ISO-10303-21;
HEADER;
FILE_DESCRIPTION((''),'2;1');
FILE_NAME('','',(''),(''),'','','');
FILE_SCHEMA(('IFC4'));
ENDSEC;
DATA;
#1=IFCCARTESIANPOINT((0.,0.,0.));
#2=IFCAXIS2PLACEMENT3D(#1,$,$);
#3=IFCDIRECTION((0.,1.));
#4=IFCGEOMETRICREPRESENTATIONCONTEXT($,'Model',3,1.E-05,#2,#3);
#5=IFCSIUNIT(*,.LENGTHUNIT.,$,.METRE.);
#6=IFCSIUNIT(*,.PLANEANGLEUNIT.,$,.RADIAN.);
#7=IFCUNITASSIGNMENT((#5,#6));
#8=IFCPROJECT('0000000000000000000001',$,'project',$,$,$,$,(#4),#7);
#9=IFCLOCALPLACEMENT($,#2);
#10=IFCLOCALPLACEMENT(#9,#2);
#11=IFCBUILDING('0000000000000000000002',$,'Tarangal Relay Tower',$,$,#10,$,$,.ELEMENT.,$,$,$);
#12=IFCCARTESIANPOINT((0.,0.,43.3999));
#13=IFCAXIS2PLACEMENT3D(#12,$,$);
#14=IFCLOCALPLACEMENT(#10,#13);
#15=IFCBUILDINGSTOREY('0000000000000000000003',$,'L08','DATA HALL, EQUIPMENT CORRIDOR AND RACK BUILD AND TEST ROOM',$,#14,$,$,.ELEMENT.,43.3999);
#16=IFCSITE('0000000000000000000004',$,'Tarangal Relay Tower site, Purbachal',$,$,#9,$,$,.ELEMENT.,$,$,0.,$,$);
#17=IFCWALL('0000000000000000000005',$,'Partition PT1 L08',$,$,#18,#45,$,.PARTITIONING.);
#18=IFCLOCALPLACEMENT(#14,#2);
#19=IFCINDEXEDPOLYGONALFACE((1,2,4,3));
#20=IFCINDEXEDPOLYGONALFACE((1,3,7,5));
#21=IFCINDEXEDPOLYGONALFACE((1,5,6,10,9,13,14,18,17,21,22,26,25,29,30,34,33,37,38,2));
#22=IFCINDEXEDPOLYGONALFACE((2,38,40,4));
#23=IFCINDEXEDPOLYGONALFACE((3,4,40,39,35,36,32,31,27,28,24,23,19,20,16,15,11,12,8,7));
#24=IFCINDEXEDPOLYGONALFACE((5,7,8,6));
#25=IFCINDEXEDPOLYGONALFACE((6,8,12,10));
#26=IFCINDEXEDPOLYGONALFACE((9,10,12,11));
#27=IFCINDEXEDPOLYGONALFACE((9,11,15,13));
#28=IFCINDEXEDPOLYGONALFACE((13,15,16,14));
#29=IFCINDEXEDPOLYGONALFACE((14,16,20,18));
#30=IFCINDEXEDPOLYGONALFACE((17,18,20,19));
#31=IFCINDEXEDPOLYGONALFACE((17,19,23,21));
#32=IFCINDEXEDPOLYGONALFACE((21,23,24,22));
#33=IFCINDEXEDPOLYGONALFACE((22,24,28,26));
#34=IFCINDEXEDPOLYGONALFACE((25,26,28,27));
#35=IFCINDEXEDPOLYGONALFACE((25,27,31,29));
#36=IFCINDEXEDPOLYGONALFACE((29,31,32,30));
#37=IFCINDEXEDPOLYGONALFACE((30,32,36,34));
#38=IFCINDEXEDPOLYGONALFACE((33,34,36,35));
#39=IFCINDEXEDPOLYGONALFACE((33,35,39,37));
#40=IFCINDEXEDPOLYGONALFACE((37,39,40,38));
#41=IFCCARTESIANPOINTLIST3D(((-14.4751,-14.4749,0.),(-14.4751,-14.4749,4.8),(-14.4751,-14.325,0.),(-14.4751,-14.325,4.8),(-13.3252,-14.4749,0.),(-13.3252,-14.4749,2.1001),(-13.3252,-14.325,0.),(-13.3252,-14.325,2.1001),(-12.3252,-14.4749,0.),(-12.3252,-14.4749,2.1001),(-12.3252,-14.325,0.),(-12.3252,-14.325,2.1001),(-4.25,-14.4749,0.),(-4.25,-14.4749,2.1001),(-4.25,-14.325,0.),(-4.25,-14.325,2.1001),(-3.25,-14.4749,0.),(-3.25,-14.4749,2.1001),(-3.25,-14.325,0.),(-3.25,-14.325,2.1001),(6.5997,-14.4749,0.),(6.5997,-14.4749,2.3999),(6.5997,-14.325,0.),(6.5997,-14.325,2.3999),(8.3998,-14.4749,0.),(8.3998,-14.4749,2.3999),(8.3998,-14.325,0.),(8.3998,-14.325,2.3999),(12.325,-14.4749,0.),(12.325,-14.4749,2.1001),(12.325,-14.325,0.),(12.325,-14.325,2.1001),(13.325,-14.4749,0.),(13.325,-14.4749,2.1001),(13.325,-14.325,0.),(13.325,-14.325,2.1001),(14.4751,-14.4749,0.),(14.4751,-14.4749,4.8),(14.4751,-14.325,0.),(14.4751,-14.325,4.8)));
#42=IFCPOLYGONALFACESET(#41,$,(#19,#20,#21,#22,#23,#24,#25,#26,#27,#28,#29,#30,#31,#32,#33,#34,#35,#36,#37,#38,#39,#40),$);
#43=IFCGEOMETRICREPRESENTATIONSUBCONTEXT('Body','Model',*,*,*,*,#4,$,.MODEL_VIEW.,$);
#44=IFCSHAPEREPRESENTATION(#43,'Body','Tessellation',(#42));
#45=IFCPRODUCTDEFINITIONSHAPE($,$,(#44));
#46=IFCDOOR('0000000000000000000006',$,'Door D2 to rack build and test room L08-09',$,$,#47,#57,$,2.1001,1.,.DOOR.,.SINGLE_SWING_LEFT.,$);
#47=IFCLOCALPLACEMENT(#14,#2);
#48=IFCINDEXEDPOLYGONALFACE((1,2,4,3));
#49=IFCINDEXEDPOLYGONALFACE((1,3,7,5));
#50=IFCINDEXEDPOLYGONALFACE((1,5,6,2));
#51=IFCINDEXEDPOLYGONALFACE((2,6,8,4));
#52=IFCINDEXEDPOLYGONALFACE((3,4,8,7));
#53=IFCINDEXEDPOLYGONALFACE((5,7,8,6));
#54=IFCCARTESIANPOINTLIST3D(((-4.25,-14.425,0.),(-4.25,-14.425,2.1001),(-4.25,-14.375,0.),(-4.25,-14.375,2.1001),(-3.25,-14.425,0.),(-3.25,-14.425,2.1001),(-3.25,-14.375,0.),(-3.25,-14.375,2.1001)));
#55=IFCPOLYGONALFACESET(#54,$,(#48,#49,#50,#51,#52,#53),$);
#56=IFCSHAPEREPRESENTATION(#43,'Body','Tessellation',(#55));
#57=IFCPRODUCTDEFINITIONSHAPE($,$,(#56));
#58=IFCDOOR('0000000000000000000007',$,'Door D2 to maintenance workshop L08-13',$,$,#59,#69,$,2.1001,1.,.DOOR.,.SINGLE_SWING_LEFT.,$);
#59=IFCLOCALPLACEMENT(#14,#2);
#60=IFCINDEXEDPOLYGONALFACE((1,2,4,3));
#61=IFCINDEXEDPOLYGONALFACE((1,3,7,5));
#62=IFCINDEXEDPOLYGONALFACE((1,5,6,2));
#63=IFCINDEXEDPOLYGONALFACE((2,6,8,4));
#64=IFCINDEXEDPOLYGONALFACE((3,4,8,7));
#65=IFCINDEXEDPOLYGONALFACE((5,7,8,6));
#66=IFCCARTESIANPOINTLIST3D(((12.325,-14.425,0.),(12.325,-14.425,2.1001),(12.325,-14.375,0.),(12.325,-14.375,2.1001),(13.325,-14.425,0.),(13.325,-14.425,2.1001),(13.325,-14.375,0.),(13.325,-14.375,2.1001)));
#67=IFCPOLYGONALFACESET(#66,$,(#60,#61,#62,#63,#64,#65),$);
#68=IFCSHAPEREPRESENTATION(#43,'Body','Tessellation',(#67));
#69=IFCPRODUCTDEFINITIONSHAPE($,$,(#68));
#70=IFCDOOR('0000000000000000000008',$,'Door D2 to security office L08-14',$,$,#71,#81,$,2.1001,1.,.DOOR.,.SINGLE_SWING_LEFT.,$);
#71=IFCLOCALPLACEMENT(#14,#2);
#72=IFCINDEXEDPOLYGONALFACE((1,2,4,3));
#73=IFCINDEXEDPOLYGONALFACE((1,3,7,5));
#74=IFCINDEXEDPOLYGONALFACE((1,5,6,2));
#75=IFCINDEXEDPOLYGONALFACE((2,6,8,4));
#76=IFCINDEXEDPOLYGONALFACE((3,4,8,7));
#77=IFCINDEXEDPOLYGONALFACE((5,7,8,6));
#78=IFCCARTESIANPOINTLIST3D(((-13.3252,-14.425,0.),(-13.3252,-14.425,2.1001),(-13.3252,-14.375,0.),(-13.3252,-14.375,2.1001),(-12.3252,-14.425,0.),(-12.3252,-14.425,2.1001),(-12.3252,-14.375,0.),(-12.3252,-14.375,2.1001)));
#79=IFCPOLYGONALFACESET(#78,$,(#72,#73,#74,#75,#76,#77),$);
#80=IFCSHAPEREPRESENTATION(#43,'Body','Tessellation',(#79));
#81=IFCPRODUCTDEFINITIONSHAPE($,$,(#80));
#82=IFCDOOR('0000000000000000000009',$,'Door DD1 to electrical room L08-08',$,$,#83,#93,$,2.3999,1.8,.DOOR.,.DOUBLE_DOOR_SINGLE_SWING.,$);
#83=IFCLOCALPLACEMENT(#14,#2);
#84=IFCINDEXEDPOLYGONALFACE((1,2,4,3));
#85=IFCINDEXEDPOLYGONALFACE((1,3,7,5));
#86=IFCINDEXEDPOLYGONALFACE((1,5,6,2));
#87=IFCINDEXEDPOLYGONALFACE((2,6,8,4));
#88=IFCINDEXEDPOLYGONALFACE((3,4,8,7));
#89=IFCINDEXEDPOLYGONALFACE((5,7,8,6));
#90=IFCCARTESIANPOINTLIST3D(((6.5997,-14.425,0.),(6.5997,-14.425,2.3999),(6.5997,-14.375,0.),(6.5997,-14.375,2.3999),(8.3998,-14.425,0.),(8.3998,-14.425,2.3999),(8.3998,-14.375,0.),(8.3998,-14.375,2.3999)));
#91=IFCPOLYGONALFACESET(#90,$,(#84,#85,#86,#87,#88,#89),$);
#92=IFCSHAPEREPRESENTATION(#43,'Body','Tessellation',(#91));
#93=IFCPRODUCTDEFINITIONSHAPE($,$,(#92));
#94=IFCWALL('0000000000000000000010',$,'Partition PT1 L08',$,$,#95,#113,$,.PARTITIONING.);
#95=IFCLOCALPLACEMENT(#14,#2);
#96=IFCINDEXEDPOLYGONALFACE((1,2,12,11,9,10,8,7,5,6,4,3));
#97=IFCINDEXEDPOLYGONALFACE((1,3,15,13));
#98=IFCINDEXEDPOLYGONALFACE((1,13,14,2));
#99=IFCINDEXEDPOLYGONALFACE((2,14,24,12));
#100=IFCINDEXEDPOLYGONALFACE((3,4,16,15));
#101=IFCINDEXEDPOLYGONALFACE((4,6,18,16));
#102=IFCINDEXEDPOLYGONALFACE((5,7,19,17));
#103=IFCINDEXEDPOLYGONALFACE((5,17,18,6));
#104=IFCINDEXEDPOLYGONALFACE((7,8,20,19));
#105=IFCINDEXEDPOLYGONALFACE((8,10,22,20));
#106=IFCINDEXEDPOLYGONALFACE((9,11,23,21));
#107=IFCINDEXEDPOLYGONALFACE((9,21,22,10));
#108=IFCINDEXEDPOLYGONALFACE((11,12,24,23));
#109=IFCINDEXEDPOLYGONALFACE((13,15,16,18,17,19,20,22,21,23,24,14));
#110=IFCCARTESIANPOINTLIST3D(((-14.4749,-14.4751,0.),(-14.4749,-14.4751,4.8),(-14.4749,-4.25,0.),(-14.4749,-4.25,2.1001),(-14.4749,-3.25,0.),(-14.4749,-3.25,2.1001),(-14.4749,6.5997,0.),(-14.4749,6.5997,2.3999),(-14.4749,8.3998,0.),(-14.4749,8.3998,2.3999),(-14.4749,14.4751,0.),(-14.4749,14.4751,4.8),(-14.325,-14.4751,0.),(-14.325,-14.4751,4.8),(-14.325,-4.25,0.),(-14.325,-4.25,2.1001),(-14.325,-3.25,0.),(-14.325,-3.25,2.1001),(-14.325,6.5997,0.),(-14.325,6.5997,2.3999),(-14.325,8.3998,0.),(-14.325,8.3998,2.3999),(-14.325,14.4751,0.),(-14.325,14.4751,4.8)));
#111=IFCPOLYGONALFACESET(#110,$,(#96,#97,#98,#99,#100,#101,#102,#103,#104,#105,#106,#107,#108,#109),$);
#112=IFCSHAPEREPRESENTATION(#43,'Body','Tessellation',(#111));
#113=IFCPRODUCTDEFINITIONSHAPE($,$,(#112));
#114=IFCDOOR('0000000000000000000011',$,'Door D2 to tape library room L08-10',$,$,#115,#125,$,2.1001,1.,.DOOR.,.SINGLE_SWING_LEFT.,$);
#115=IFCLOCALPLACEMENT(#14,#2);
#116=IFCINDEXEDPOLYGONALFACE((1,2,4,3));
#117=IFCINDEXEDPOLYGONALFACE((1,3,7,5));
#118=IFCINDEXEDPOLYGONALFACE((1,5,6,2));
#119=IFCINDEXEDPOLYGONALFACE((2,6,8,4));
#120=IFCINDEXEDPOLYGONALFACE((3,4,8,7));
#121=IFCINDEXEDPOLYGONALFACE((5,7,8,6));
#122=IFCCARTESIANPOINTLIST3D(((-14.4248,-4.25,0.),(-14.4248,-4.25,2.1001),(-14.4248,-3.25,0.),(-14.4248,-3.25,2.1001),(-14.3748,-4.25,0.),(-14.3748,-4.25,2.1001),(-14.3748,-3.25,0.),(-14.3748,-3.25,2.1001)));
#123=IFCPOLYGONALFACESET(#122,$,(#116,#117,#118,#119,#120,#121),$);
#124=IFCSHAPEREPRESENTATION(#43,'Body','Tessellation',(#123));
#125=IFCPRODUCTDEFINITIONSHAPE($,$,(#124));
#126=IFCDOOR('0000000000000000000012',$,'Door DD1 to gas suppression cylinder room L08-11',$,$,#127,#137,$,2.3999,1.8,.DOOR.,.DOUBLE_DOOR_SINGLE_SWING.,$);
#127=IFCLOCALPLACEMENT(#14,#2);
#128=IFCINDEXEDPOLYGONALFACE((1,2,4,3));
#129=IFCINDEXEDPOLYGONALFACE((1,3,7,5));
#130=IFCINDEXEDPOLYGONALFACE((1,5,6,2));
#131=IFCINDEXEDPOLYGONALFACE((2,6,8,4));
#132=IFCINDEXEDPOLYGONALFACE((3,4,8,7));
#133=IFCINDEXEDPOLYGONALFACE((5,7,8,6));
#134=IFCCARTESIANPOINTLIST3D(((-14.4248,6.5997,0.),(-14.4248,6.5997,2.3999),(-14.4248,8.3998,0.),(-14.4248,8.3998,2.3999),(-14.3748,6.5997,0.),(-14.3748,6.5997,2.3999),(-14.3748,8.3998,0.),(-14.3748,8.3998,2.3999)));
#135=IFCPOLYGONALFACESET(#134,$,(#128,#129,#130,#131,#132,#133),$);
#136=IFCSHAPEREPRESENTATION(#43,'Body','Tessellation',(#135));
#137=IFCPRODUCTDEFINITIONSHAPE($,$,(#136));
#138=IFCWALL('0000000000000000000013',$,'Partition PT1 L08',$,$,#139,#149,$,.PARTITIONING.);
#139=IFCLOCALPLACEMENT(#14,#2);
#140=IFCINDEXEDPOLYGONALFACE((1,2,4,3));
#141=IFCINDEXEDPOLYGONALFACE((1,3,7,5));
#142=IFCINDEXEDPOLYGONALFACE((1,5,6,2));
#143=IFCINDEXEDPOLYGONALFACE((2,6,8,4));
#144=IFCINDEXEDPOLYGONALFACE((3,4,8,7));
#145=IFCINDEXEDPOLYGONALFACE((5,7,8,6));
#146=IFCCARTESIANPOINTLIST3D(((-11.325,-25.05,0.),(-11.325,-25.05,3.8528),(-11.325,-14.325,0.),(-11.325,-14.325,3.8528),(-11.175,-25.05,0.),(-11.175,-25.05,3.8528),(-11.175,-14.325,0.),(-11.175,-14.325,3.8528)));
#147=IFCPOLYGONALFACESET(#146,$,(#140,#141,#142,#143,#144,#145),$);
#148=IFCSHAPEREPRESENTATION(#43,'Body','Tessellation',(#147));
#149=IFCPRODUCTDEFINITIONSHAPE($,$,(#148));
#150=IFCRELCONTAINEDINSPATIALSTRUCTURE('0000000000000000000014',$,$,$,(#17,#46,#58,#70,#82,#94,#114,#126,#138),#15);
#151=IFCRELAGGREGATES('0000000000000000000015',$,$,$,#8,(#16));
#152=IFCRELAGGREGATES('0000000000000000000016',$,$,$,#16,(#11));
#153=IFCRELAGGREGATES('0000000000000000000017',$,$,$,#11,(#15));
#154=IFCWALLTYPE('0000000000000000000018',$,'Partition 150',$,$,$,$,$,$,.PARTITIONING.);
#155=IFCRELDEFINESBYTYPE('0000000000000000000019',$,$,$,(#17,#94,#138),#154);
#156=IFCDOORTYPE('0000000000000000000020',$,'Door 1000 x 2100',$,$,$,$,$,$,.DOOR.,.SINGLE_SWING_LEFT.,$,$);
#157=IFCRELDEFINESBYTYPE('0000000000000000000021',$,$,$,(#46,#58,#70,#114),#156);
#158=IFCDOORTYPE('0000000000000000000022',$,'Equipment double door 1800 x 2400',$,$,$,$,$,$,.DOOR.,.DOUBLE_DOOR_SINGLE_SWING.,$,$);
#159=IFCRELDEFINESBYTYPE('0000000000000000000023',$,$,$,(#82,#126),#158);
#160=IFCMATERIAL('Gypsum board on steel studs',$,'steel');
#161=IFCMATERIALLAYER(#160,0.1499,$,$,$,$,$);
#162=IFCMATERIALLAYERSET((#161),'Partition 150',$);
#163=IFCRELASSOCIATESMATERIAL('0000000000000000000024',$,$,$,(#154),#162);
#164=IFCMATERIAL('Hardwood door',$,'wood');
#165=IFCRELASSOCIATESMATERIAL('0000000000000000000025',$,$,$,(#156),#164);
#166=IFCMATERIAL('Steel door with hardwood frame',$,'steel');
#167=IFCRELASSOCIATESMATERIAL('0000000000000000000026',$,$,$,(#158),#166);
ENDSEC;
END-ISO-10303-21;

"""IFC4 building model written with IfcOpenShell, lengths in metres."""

from ifc_helpers import new_model, si_unit, direction, frame, frame_2d, origin, place, context, subcontext, project, spatial, rectangle, extrude, material, layer, layer_set, type_object, element, fill, save


model = new_model("IFC4")

# Units and contexts
model_context = context("Model", 3, precision=1e-05, world=origin(), true_north=direction((0.0, 1.0)))
body_context = subcontext(model_context, "Body", "Model", "MODEL_VIEW")
ifc_project = project(units=[si_unit("LENGTHUNIT", "METRE"), si_unit("PLANEANGLEUNIT", "RADIAN")], contexts=[model_context])

# Site, building, storey
site_placement = place(None, origin())
site = spatial("IfcSite", under=ifc_project, at=site_placement, Name="Tarangal Relay Tower site, Purbachal", CompositionType="ELEMENT", RefElevation=0.0)
building_placement = place(site_placement, origin())
building = spatial("IfcBuilding", under=site, at=building_placement, Name="Tarangal Relay Tower", CompositionType="ELEMENT")
storey_placement = place(building_placement, frame((0.0, 0.0, 43.3999)))
storey = spatial("IfcBuildingStorey", under=building, at=storey_placement, Name="L08", Description="DATA HALL, EQUIPMENT CORRIDOR AND RACK BUILD AND TEST ROOM", CompositionType="ELEMENT", Elevation=43.3999)

# Walls, openings, doors
ifc_material_1 = material(Name="Gypsum board on steel studs", Category="steel")
ifc_layer_1 = layer(ifc_material_1, 0.1499)
ifc_layer_set_1 = layer_set([ifc_layer_1], Name="Partition 150")
wall_type_1 = type_object("IfcWallType", Name="Partition 150", PredefinedType="PARTITIONING", material=ifc_layer_set_1)
wall_1_placement = place(storey_placement, frame((-14.4751, -14.3999, 0.0), z_axis=(0.0, 0.0, 1.0), x_axis=(1.0, 0.0, 0.0)))
wall_1 = element("IfcWall", 1, at=wall_1_placement, inside=storey, type_object=wall_type_1, Name="Partition PT1 L08", PredefinedType="PARTITIONING", context=body_context, shape_type="SweptSolid", body=[
    extrude(rectangle(XDim=28.9502, YDim=0.1499, at=frame_2d((14.4751, 0.0))), origin(), (0.0, 0.0, 1.0), 4.8),
])
opening_1_placement = place(wall_1_placement, frame((21.075, 0.0, 0.0)))
opening_1 = element("IfcOpeningElement", 2, at=opening_1_placement, cuts=wall_1, PredefinedType="OPENING", context=body_context, shape_type="SweptSolid", body=[
    extrude(rectangle(XDim=1.8, YDim=2.3999, at=frame_2d((0.8999, 1.2))), frame((0.0, 0.085, 0.0), z_axis=(0.0, -1.0, 0.0), x_axis=(1.0, 0.0, 0.0)), (0.0, 0.0, 1.0), 0.1699),
])
opening_2_placement = place(wall_1_placement, frame((10.2251, 0.0, 0.0)))
opening_2 = element("IfcOpeningElement", 3, at=opening_2_placement, cuts=wall_1, PredefinedType="OPENING", context=body_context, shape_type="SweptSolid", body=[
    extrude(rectangle(XDim=1.0, YDim=2.1001, at=frame_2d((0.5, 1.05))), frame((0.0, 0.085, 0.0), z_axis=(0.0, -1.0, 0.0), x_axis=(1.0, 0.0, 0.0)), (0.0, 0.0, 1.0), 0.1699),
])
opening_3_placement = place(wall_1_placement, frame((26.8, 0.0, 0.0)))
opening_3 = element("IfcOpeningElement", 4, at=opening_3_placement, cuts=wall_1, PredefinedType="OPENING", context=body_context, shape_type="SweptSolid", body=[
    extrude(rectangle(XDim=1.0, YDim=2.1001, at=frame_2d((0.5, 1.05))), frame((0.0, 0.085, 0.0), z_axis=(0.0, -1.0, 0.0), x_axis=(1.0, 0.0, 0.0)), (0.0, 0.0, 1.0), 0.1699),
])
opening_4_placement = place(wall_1_placement, frame((1.1499, 0.0, 0.0)))
opening_4 = element("IfcOpeningElement", 5, at=opening_4_placement, cuts=wall_1, PredefinedType="OPENING", context=body_context, shape_type="SweptSolid", body=[
    extrude(rectangle(XDim=1.0, YDim=2.1001, at=frame_2d((0.5, 1.05))), frame((0.0, 0.085, 0.0), z_axis=(0.0, -1.0, 0.0), x_axis=(1.0, 0.0, 0.0)), (0.0, 0.0, 1.0), 0.1699),
])
ifc_material_2 = material(Name="Hardwood door", Category="wood")
door_type_1 = type_object("IfcDoorType", Name="Door 1000 x 2100", OperationType="SINGLE_SWING_LEFT", PredefinedType="DOOR", material=ifc_material_2)
door_1_placement = place(opening_2_placement, origin())
door_1 = element("IfcDoor", 6, at=door_1_placement, inside=storey, type_object=door_type_1, Name="Door D2 to rack build and test room L08-09", OperationType="SINGLE_SWING_LEFT", OverallHeight=2.1001, OverallWidth=1.0, PredefinedType="DOOR", context=body_context, shape_type="SweptSolid", body=[
    extrude(rectangle(XDim=1.0, YDim=2.1001, at=frame_2d((0.5, 1.05))), frame((0.0, 0.0249, 0.0), z_axis=(0.0, -1.0, 0.0), x_axis=(1.0, 0.0, 0.0)), (0.0, 0.0, 1.0), 0.05),
])
fill(opening_2, door_1)
door_2_placement = place(opening_3_placement, origin())
door_2 = element("IfcDoor", 7, at=door_2_placement, inside=storey, type_object=door_type_1, Name="Door D2 to maintenance workshop L08-13", OperationType="SINGLE_SWING_LEFT", OverallHeight=2.1001, OverallWidth=1.0, PredefinedType="DOOR", context=body_context, shape_type="SweptSolid", body=[
    extrude(rectangle(XDim=1.0, YDim=2.1001, at=frame_2d((0.5, 1.05))), frame((0.0, 0.0249, 0.0), z_axis=(0.0, -1.0, 0.0), x_axis=(1.0, 0.0, 0.0)), (0.0, 0.0, 1.0), 0.05),
])
fill(opening_3, door_2)
door_3_placement = place(opening_4_placement, origin())
door_3 = element("IfcDoor", 8, at=door_3_placement, inside=storey, type_object=door_type_1, Name="Door D2 to security office L08-14", OperationType="SINGLE_SWING_LEFT", OverallHeight=2.1001, OverallWidth=1.0, PredefinedType="DOOR", context=body_context, shape_type="SweptSolid", body=[
    extrude(rectangle(XDim=1.0, YDim=2.1001, at=frame_2d((0.5, 1.05))), frame((0.0, 0.0249, 0.0), z_axis=(0.0, -1.0, 0.0), x_axis=(1.0, 0.0, 0.0)), (0.0, 0.0, 1.0), 0.05),
])
fill(opening_4, door_3)
ifc_material_3 = material(Name="Steel door with hardwood frame", Category="steel")
door_type_2 = type_object("IfcDoorType", Name="Equipment double door 1800 x 2400", OperationType="DOUBLE_DOOR_SINGLE_SWING", PredefinedType="DOOR", material=ifc_material_3)
door_4_placement = place(opening_1_placement, origin())
door_4 = element("IfcDoor", 9, at=door_4_placement, inside=storey, type_object=door_type_2, Name="Door DD1 to electrical room L08-08", OperationType="DOUBLE_DOOR_SINGLE_SWING", OverallHeight=2.3999, OverallWidth=1.8, PredefinedType="DOOR", context=body_context, shape_type="SweptSolid", body=[
    extrude(rectangle(XDim=1.8, YDim=2.3999, at=frame_2d((0.8999, 1.2))), frame((0.0, 0.0249, 0.0), z_axis=(0.0, -1.0, 0.0), x_axis=(1.0, 0.0, 0.0)), (0.0, 0.0, 1.0), 0.05),
])
fill(opening_1, door_4)
wall_2_placement = place(storey_placement, frame((-14.3999, -14.4751, 0.0), z_axis=(0.0, 0.0, 1.0), x_axis=(0.0, 1.0, 0.0)))
wall_2 = element("IfcWall", 10, at=wall_2_placement, inside=storey, type_object=wall_type_1, Name="Partition PT1 L08", PredefinedType="PARTITIONING", context=body_context, shape_type="SweptSolid", body=[
    extrude(rectangle(XDim=28.9502, YDim=0.1499, at=frame_2d((14.4751, 0.0))), origin(), (0.0, 0.0, 1.0), 4.8),
])
opening_5_placement = place(wall_2_placement, frame((10.2251, 0.0, 0.0)))
opening_5 = element("IfcOpeningElement", 11, at=opening_5_placement, cuts=wall_2, PredefinedType="OPENING", context=body_context, shape_type="SweptSolid", body=[
    extrude(rectangle(XDim=1.0, YDim=2.1001, at=frame_2d((0.5, 1.05))), frame((0.0, 0.085, 0.0), z_axis=(0.0, -1.0, 0.0), x_axis=(1.0, 0.0, 0.0)), (0.0, 0.0, 1.0), 0.1699),
])
opening_6_placement = place(wall_2_placement, frame((21.075, 0.0, 0.0)))
opening_6 = element("IfcOpeningElement", 12, at=opening_6_placement, cuts=wall_2, PredefinedType="OPENING", context=body_context, shape_type="SweptSolid", body=[
    extrude(rectangle(XDim=1.8, YDim=2.3999, at=frame_2d((0.8999, 1.2))), frame((0.0, 0.085, 0.0), z_axis=(0.0, -1.0, 0.0), x_axis=(1.0, 0.0, 0.0)), (0.0, 0.0, 1.0), 0.1699),
])
door_5_placement = place(opening_5_placement, origin())
door_5 = element("IfcDoor", 13, at=door_5_placement, inside=storey, type_object=door_type_1, Name="Door D2 to tape library room L08-10", OperationType="SINGLE_SWING_LEFT", OverallHeight=2.1001, OverallWidth=1.0, PredefinedType="DOOR", context=body_context, shape_type="SweptSolid", body=[
    extrude(rectangle(XDim=1.0, YDim=2.1001, at=frame_2d((0.5, 1.05))), frame((0.0, 0.0249, 0.0), z_axis=(0.0, -1.0, 0.0), x_axis=(1.0, 0.0, 0.0)), (0.0, 0.0, 1.0), 0.05),
])
fill(opening_5, door_5)
door_6_placement = place(opening_6_placement, origin())
door_6 = element("IfcDoor", 14, at=door_6_placement, inside=storey, type_object=door_type_2, Name="Door DD1 to gas suppression cylinder room L08-11", OperationType="DOUBLE_DOOR_SINGLE_SWING", OverallHeight=2.3999, OverallWidth=1.8, PredefinedType="DOOR", context=body_context, shape_type="SweptSolid", body=[
    extrude(rectangle(XDim=1.8, YDim=2.3999, at=frame_2d((0.8999, 1.2))), frame((0.0, 0.0249, 0.0), z_axis=(0.0, -1.0, 0.0), x_axis=(1.0, 0.0, 0.0)), (0.0, 0.0, 1.0), 0.05),
])
fill(opening_6, door_6)

# Wall
wall_3_placement = place(storey_placement, frame((-11.25, -25.05, 0.0), z_axis=(0.0, 0.0, 1.0), x_axis=(0.0, 1.0, 0.0)))
element("IfcWall", 15, at=wall_3_placement, inside=storey, type_object=wall_type_1, Name="Partition PT1 L08", PredefinedType="PARTITIONING", context=body_context, shape_type="SweptSolid", body=[
    extrude(rectangle(XDim=10.7251, YDim=0.1499, at=frame_2d((5.3625, 0.0))), origin(), (0.0, 0.0, 1.0), 3.8528),
])

save(model, "model.ifc")
